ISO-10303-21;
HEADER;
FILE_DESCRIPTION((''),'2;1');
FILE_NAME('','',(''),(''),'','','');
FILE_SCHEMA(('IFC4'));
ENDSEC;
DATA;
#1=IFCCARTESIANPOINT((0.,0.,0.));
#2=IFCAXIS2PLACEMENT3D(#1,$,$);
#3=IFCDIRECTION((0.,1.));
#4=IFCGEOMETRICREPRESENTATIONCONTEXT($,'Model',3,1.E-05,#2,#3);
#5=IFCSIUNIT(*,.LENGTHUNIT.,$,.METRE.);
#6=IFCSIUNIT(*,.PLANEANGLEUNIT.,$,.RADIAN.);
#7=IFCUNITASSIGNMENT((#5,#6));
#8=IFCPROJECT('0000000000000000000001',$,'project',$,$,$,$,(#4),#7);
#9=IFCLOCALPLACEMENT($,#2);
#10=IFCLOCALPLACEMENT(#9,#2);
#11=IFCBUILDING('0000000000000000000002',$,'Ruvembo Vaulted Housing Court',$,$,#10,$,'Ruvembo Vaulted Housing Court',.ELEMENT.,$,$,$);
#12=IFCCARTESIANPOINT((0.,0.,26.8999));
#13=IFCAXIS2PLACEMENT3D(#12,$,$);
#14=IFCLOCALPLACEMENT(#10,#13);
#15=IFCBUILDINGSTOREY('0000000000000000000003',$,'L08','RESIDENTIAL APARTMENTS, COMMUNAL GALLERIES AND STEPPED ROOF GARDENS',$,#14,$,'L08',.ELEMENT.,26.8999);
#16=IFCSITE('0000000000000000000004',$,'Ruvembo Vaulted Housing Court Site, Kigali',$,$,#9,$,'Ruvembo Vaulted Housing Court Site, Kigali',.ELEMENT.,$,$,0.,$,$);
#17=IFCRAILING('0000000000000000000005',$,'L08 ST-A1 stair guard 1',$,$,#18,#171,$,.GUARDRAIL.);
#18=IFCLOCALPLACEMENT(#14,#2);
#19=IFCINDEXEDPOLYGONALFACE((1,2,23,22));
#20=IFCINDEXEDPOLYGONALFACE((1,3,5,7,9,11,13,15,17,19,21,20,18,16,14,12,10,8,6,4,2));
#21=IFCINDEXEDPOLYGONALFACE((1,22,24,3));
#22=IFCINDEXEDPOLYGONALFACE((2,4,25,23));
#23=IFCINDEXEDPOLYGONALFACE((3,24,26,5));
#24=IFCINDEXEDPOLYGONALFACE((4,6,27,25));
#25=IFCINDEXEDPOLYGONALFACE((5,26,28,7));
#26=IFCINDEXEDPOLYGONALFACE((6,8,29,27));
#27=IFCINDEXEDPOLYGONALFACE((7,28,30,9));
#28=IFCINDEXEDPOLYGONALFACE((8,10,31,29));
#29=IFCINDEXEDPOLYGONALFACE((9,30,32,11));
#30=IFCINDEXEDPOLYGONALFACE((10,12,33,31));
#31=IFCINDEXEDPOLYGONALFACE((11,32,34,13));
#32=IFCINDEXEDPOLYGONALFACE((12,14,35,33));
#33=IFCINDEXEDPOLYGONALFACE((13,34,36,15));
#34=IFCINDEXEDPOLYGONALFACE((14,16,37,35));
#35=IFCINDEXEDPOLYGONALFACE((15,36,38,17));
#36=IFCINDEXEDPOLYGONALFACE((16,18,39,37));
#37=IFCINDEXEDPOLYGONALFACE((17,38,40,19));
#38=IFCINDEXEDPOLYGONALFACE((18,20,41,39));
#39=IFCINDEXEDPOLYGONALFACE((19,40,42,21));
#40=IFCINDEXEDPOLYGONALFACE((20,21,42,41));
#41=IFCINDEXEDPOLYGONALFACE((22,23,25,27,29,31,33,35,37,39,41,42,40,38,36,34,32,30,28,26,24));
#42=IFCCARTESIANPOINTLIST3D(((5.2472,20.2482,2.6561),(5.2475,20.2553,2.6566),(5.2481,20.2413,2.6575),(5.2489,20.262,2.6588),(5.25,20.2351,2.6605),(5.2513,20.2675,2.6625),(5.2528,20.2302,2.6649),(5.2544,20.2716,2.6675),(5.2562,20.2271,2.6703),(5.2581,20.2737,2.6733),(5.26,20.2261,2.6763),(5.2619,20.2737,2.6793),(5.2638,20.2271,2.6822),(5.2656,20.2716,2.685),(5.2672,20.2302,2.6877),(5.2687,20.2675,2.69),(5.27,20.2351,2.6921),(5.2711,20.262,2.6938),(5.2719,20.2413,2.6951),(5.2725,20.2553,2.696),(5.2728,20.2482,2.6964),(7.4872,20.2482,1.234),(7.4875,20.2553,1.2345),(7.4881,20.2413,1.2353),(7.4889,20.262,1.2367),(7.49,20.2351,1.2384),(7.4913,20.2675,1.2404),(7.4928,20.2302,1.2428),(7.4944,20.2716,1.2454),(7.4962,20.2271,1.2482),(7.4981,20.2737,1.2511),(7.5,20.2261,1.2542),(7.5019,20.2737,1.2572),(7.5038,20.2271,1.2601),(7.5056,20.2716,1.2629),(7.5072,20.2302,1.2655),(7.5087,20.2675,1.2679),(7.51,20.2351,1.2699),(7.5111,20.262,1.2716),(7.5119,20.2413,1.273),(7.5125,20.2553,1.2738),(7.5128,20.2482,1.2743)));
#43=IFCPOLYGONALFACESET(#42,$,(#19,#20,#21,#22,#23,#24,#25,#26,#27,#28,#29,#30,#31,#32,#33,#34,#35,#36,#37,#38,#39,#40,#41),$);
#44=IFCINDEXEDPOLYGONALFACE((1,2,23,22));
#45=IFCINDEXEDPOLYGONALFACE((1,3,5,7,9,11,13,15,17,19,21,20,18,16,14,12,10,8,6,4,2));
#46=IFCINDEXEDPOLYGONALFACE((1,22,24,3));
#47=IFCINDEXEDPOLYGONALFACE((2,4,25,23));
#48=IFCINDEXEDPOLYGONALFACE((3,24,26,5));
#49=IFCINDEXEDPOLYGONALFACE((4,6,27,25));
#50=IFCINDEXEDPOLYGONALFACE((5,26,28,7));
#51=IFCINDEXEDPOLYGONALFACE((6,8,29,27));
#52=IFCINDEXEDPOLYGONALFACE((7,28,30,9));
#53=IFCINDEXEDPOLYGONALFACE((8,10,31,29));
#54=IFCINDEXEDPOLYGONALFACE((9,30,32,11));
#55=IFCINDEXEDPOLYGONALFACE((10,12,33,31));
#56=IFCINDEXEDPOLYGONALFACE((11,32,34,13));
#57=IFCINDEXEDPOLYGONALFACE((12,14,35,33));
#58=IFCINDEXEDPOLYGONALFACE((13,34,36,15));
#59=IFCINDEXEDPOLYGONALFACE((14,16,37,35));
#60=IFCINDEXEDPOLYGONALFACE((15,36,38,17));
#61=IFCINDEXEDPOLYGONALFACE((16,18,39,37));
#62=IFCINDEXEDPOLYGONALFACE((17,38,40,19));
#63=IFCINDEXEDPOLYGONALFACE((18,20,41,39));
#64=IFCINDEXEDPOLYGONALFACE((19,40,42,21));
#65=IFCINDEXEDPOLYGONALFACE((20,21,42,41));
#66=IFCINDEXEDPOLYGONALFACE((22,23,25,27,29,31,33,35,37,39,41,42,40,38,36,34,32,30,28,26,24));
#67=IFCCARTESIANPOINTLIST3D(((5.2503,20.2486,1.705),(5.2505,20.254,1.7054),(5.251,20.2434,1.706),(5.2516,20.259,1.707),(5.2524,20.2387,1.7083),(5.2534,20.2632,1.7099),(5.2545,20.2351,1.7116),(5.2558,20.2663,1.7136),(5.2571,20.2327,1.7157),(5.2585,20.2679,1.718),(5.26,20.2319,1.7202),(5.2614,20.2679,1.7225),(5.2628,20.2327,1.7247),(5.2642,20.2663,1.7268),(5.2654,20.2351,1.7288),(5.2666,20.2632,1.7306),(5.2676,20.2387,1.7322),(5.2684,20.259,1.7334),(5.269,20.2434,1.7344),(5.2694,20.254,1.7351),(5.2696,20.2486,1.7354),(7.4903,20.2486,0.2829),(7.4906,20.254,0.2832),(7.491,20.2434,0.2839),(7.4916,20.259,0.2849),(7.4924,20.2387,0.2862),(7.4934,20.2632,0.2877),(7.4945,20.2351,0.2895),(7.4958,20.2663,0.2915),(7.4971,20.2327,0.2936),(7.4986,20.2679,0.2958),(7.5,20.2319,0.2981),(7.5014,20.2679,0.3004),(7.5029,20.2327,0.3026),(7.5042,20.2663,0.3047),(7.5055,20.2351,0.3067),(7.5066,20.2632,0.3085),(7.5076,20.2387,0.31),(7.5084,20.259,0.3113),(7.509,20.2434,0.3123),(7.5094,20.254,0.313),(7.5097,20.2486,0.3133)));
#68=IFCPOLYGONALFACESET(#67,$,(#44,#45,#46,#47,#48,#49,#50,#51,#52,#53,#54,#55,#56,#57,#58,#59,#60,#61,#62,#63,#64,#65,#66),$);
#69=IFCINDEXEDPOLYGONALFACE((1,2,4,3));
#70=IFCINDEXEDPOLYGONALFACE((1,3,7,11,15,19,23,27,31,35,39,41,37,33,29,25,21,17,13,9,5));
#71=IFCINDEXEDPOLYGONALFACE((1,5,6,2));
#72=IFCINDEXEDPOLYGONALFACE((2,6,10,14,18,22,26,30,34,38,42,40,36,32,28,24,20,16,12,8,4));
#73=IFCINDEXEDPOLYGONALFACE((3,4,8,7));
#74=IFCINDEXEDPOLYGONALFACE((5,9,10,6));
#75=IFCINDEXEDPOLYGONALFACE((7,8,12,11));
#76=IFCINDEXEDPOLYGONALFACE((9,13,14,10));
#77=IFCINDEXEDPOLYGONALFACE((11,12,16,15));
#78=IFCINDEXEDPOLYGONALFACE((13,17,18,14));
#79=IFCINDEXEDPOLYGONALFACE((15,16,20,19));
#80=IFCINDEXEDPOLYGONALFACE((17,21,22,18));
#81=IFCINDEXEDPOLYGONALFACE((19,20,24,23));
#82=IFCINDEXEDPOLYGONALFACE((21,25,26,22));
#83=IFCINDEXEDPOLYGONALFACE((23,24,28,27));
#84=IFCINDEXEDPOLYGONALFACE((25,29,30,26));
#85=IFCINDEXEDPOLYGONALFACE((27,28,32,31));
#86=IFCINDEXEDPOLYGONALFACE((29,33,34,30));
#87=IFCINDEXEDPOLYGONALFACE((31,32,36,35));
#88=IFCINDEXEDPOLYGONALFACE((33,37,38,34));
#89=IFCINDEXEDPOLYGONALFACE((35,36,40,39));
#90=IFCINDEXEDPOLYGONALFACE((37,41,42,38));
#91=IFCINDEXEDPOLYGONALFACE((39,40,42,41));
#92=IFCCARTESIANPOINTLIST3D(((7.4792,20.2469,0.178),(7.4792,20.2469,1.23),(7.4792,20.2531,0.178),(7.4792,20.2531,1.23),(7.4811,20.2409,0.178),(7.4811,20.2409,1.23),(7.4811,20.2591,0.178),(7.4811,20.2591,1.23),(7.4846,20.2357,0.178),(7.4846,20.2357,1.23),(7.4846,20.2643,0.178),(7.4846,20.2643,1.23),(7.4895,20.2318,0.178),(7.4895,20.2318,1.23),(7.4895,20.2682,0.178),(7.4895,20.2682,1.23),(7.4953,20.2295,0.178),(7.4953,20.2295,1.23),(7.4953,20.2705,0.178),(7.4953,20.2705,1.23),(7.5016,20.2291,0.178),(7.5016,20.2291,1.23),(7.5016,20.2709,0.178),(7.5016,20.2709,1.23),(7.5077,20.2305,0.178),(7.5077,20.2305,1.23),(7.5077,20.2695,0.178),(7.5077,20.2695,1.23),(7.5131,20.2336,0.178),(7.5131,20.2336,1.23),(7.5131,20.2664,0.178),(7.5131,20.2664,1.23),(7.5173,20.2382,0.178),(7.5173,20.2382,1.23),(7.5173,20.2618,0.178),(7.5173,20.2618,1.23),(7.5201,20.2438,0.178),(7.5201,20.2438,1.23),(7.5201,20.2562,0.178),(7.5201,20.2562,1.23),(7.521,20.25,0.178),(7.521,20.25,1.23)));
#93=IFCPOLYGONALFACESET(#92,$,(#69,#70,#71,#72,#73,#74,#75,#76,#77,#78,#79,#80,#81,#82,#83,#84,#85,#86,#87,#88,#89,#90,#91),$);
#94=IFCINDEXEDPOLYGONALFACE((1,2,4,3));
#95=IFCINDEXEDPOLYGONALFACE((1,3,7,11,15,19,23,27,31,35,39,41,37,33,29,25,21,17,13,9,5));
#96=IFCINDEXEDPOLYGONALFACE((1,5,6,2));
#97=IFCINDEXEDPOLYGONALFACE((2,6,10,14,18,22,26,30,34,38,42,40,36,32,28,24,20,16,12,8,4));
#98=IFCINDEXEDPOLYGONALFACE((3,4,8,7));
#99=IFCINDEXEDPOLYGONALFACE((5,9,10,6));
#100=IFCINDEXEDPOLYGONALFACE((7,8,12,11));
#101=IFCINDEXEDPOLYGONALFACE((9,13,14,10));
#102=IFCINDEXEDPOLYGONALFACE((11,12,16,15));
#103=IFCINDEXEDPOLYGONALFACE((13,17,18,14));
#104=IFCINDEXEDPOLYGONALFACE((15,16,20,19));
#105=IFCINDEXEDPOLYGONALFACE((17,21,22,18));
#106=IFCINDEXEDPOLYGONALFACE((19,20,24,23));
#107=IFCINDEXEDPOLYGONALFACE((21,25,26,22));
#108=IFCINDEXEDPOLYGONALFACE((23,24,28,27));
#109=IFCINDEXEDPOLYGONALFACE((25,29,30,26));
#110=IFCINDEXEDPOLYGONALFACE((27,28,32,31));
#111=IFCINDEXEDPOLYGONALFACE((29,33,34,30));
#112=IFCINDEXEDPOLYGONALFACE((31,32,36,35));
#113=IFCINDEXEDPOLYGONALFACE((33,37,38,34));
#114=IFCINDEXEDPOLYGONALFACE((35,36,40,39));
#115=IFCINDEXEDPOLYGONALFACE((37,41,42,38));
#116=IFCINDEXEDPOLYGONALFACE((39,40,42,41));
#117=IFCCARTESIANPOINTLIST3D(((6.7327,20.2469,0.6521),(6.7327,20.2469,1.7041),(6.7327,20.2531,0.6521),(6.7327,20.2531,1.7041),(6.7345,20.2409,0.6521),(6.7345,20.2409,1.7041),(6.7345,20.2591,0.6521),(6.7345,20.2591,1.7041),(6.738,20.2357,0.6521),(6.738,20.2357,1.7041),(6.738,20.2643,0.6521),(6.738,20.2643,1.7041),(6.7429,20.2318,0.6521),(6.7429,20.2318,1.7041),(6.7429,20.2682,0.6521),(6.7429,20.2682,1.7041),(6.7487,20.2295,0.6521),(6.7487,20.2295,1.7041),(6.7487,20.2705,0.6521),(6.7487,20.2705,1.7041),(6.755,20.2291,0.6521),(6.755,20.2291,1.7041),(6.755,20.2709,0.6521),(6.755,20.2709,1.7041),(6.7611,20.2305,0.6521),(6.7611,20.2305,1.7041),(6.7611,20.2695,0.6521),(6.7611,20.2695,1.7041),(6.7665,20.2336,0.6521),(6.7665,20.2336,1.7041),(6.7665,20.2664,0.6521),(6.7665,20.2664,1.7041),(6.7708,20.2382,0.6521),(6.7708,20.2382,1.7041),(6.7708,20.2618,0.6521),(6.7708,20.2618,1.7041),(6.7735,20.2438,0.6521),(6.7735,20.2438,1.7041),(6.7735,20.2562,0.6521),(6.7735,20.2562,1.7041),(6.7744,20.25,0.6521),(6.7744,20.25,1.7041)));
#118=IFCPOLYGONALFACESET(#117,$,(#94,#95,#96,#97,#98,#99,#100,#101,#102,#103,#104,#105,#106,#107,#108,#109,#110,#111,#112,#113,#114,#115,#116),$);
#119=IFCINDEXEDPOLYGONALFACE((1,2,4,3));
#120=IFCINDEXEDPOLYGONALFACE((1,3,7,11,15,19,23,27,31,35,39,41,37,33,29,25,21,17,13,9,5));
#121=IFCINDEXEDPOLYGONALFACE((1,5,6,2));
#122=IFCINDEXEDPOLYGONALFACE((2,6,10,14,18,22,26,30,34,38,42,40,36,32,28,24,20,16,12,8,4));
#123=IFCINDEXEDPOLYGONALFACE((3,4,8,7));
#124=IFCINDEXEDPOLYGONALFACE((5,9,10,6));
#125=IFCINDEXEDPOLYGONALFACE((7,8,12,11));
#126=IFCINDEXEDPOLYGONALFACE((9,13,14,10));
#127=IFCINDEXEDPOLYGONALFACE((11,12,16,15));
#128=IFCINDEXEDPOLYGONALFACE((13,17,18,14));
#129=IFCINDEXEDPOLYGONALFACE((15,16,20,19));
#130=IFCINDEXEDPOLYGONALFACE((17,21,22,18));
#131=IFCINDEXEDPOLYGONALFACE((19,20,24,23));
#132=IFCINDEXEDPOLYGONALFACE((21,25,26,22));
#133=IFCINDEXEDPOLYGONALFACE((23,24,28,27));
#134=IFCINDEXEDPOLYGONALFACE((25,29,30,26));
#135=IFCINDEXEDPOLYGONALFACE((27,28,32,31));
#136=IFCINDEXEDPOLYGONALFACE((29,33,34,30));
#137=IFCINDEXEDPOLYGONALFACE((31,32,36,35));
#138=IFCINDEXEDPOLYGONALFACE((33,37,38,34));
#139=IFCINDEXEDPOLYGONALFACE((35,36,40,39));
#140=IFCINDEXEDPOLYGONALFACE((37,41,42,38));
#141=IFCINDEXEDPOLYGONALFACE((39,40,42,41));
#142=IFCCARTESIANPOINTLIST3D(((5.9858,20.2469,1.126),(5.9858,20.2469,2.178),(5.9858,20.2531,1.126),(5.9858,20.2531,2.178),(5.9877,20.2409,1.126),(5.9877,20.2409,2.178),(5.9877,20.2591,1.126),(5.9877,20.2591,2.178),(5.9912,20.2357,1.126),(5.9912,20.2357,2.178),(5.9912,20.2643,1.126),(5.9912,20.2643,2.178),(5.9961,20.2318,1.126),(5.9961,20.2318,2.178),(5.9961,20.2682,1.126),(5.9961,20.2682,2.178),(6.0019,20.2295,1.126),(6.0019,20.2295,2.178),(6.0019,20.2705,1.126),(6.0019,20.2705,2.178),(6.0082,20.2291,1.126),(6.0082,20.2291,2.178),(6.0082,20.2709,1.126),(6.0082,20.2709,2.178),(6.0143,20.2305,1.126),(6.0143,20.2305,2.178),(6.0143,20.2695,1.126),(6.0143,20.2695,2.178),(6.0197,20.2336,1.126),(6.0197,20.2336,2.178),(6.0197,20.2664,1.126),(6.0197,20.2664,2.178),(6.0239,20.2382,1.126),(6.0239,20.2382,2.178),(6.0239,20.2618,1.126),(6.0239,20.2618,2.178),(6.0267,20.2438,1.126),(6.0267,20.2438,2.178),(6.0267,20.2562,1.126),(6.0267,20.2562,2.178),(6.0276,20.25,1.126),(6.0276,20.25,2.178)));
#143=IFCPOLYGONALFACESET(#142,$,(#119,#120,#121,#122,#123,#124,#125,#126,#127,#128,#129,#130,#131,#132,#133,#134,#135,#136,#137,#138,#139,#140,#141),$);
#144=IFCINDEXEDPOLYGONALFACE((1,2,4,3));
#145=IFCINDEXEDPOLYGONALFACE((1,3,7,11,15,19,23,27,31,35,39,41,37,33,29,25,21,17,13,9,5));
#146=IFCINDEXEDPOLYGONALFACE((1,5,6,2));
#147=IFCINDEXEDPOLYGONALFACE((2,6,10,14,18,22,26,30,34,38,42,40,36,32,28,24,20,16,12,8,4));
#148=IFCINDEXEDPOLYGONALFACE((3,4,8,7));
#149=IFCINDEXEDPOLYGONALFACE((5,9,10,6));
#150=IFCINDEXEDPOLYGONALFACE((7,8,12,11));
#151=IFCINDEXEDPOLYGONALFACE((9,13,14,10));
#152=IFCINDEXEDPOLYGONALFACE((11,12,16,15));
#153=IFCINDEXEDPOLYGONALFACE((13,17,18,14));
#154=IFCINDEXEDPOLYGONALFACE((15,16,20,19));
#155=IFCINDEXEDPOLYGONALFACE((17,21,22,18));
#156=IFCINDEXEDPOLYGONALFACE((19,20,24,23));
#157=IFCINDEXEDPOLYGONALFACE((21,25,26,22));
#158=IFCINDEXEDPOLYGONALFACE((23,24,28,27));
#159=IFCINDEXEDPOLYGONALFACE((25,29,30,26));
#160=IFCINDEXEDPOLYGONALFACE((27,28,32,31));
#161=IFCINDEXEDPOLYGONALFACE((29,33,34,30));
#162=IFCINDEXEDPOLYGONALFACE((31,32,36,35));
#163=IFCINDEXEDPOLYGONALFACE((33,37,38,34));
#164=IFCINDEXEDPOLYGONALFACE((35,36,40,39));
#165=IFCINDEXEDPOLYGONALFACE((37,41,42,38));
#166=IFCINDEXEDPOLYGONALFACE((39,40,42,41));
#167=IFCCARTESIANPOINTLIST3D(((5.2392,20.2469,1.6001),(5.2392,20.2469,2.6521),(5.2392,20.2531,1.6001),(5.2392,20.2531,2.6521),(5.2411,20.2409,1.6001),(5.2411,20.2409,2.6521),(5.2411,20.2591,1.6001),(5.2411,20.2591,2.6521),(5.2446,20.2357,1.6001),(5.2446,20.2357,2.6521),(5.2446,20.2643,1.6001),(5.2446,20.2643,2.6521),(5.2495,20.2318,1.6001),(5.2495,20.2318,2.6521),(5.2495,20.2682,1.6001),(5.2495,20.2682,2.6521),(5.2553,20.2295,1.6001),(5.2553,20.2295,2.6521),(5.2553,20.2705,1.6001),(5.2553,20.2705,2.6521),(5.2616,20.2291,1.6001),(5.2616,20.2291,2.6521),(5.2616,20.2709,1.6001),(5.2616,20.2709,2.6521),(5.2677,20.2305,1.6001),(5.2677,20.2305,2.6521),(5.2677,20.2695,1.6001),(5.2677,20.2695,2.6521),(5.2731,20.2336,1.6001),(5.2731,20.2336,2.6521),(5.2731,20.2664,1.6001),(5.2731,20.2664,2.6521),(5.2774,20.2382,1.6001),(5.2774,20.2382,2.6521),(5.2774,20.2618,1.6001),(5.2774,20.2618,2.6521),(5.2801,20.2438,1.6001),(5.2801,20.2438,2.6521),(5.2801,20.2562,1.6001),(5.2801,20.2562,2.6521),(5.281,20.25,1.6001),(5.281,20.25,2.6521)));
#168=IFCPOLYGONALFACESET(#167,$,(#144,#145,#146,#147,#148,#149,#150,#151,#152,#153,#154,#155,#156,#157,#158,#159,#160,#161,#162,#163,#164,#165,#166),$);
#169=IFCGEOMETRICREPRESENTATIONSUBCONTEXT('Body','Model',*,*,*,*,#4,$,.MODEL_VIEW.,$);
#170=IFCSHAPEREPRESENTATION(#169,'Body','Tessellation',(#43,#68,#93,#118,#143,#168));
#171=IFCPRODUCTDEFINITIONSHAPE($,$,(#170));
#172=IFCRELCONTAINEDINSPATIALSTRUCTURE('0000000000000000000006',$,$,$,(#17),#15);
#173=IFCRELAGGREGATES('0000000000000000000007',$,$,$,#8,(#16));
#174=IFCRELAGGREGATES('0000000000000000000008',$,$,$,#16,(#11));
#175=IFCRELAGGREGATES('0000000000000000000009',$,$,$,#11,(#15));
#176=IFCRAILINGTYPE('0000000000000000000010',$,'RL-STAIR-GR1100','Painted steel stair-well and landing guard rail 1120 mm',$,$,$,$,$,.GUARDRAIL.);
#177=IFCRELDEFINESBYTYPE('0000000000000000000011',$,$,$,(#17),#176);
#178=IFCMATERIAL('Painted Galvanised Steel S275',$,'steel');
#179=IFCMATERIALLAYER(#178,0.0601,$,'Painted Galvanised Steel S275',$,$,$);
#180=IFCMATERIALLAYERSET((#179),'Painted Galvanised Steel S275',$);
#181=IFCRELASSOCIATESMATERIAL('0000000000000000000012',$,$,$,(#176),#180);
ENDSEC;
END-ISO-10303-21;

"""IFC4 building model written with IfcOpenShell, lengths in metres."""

from ifc_helpers import new_model, si_unit, direction, frame, origin, origin_2d, place, context, subcontext, project, spatial, circle, extrude, material, layer, layer_set, type_object, element, save


model = new_model("IFC4")

# Units and contexts
model_context = context("Model", 3, precision=1e-05, world=origin(), true_north=direction((0.0, 1.0)))
body_context = subcontext(model_context, "Body", "Model", "MODEL_VIEW")
ifc_project = project(units=[si_unit("LENGTHUNIT", "METRE"), si_unit("PLANEANGLEUNIT", "RADIAN")], contexts=[model_context])

# Site, building, storey
site_placement = place(None, origin())
site = spatial("IfcSite", under=ifc_project, at=site_placement, Name="Ruvembo Vaulted Housing Court Site, Kigali", LongName="Ruvembo Vaulted Housing Court Site, Kigali", CompositionType="ELEMENT", RefElevation=0.0)
building_placement = place(site_placement, origin())
building = spatial("IfcBuilding", under=site, at=building_placement, Name="Ruvembo Vaulted Housing Court", LongName="Ruvembo Vaulted Housing Court", CompositionType="ELEMENT")
storey_placement = place(building_placement, frame((0.0, 0.0, 26.8999)))
storey = spatial("IfcBuildingStorey", under=building, at=storey_placement, Name="L08", Description="RESIDENTIAL APARTMENTS, COMMUNAL GALLERIES AND STEPPED ROOF GARDENS", LongName="L08", CompositionType="ELEMENT", Elevation=26.8999)

# Railing
ifc_material_1 = material(Name="Painted Galvanised Steel S275", Category="steel")
ifc_layer_1 = layer(ifc_material_1, 0.0601, Name="Painted Galvanised Steel S275")
ifc_layer_set_1 = layer_set([ifc_layer_1], Name="Painted Galvanised Steel S275")
railing_type_1 = type_object("IfcRailingType", Name="RL-STAIR-GR1100", Description="Painted steel stair-well and landing guard rail 1120 mm", PredefinedType="GUARDRAIL", material=ifc_layer_set_1)
railing_1_placement = place(storey_placement, frame((7.5, 20.25, 0.178)))
element("IfcRailing", 1, at=railing_1_placement, inside=storey, type_object=railing_type_1, Name="L08 ST-A1 stair guard 1", PredefinedType="GUARDRAIL", context=body_context, shape_type="SweptSolid", body=[
    extrude(circle(Radius=0.0239, at=origin_2d()), frame((0.0, 0.0, 1.0762), z_axis=(-0.844229, 0.0, 0.535982), x_axis=(0.0, -1.0, 0.0)), (0.0, 0.0, 1.0), 2.6533),
    extrude(circle(Radius=0.0181, at=origin_2d()), frame((0.0, 0.0, 0.1201), z_axis=(-0.844229, 0.0, 0.535982), x_axis=(0.0, -1.0, 0.0)), (0.0, 0.0, 1.0), 2.6533),
    extrude(circle(Radius=0.021, at=origin_2d()), origin(), (0.0, 0.0, 1.0), 1.052),
    extrude(circle(Radius=0.021, at=origin_2d()), frame((-0.7466, 0.0, 0.4741)), (0.0, 0.0, 1.0), 1.052),
    extrude(circle(Radius=0.021, at=origin_2d()), frame((-1.4934, 0.0, 0.948)), (0.0, 0.0, 1.0), 1.052),
    extrude(circle(Radius=0.021, at=origin_2d()), frame((-2.24, 0.0, 1.4221)), (0.0, 0.0, 1.0), 1.052),
])

save(model, "model.ifc")
